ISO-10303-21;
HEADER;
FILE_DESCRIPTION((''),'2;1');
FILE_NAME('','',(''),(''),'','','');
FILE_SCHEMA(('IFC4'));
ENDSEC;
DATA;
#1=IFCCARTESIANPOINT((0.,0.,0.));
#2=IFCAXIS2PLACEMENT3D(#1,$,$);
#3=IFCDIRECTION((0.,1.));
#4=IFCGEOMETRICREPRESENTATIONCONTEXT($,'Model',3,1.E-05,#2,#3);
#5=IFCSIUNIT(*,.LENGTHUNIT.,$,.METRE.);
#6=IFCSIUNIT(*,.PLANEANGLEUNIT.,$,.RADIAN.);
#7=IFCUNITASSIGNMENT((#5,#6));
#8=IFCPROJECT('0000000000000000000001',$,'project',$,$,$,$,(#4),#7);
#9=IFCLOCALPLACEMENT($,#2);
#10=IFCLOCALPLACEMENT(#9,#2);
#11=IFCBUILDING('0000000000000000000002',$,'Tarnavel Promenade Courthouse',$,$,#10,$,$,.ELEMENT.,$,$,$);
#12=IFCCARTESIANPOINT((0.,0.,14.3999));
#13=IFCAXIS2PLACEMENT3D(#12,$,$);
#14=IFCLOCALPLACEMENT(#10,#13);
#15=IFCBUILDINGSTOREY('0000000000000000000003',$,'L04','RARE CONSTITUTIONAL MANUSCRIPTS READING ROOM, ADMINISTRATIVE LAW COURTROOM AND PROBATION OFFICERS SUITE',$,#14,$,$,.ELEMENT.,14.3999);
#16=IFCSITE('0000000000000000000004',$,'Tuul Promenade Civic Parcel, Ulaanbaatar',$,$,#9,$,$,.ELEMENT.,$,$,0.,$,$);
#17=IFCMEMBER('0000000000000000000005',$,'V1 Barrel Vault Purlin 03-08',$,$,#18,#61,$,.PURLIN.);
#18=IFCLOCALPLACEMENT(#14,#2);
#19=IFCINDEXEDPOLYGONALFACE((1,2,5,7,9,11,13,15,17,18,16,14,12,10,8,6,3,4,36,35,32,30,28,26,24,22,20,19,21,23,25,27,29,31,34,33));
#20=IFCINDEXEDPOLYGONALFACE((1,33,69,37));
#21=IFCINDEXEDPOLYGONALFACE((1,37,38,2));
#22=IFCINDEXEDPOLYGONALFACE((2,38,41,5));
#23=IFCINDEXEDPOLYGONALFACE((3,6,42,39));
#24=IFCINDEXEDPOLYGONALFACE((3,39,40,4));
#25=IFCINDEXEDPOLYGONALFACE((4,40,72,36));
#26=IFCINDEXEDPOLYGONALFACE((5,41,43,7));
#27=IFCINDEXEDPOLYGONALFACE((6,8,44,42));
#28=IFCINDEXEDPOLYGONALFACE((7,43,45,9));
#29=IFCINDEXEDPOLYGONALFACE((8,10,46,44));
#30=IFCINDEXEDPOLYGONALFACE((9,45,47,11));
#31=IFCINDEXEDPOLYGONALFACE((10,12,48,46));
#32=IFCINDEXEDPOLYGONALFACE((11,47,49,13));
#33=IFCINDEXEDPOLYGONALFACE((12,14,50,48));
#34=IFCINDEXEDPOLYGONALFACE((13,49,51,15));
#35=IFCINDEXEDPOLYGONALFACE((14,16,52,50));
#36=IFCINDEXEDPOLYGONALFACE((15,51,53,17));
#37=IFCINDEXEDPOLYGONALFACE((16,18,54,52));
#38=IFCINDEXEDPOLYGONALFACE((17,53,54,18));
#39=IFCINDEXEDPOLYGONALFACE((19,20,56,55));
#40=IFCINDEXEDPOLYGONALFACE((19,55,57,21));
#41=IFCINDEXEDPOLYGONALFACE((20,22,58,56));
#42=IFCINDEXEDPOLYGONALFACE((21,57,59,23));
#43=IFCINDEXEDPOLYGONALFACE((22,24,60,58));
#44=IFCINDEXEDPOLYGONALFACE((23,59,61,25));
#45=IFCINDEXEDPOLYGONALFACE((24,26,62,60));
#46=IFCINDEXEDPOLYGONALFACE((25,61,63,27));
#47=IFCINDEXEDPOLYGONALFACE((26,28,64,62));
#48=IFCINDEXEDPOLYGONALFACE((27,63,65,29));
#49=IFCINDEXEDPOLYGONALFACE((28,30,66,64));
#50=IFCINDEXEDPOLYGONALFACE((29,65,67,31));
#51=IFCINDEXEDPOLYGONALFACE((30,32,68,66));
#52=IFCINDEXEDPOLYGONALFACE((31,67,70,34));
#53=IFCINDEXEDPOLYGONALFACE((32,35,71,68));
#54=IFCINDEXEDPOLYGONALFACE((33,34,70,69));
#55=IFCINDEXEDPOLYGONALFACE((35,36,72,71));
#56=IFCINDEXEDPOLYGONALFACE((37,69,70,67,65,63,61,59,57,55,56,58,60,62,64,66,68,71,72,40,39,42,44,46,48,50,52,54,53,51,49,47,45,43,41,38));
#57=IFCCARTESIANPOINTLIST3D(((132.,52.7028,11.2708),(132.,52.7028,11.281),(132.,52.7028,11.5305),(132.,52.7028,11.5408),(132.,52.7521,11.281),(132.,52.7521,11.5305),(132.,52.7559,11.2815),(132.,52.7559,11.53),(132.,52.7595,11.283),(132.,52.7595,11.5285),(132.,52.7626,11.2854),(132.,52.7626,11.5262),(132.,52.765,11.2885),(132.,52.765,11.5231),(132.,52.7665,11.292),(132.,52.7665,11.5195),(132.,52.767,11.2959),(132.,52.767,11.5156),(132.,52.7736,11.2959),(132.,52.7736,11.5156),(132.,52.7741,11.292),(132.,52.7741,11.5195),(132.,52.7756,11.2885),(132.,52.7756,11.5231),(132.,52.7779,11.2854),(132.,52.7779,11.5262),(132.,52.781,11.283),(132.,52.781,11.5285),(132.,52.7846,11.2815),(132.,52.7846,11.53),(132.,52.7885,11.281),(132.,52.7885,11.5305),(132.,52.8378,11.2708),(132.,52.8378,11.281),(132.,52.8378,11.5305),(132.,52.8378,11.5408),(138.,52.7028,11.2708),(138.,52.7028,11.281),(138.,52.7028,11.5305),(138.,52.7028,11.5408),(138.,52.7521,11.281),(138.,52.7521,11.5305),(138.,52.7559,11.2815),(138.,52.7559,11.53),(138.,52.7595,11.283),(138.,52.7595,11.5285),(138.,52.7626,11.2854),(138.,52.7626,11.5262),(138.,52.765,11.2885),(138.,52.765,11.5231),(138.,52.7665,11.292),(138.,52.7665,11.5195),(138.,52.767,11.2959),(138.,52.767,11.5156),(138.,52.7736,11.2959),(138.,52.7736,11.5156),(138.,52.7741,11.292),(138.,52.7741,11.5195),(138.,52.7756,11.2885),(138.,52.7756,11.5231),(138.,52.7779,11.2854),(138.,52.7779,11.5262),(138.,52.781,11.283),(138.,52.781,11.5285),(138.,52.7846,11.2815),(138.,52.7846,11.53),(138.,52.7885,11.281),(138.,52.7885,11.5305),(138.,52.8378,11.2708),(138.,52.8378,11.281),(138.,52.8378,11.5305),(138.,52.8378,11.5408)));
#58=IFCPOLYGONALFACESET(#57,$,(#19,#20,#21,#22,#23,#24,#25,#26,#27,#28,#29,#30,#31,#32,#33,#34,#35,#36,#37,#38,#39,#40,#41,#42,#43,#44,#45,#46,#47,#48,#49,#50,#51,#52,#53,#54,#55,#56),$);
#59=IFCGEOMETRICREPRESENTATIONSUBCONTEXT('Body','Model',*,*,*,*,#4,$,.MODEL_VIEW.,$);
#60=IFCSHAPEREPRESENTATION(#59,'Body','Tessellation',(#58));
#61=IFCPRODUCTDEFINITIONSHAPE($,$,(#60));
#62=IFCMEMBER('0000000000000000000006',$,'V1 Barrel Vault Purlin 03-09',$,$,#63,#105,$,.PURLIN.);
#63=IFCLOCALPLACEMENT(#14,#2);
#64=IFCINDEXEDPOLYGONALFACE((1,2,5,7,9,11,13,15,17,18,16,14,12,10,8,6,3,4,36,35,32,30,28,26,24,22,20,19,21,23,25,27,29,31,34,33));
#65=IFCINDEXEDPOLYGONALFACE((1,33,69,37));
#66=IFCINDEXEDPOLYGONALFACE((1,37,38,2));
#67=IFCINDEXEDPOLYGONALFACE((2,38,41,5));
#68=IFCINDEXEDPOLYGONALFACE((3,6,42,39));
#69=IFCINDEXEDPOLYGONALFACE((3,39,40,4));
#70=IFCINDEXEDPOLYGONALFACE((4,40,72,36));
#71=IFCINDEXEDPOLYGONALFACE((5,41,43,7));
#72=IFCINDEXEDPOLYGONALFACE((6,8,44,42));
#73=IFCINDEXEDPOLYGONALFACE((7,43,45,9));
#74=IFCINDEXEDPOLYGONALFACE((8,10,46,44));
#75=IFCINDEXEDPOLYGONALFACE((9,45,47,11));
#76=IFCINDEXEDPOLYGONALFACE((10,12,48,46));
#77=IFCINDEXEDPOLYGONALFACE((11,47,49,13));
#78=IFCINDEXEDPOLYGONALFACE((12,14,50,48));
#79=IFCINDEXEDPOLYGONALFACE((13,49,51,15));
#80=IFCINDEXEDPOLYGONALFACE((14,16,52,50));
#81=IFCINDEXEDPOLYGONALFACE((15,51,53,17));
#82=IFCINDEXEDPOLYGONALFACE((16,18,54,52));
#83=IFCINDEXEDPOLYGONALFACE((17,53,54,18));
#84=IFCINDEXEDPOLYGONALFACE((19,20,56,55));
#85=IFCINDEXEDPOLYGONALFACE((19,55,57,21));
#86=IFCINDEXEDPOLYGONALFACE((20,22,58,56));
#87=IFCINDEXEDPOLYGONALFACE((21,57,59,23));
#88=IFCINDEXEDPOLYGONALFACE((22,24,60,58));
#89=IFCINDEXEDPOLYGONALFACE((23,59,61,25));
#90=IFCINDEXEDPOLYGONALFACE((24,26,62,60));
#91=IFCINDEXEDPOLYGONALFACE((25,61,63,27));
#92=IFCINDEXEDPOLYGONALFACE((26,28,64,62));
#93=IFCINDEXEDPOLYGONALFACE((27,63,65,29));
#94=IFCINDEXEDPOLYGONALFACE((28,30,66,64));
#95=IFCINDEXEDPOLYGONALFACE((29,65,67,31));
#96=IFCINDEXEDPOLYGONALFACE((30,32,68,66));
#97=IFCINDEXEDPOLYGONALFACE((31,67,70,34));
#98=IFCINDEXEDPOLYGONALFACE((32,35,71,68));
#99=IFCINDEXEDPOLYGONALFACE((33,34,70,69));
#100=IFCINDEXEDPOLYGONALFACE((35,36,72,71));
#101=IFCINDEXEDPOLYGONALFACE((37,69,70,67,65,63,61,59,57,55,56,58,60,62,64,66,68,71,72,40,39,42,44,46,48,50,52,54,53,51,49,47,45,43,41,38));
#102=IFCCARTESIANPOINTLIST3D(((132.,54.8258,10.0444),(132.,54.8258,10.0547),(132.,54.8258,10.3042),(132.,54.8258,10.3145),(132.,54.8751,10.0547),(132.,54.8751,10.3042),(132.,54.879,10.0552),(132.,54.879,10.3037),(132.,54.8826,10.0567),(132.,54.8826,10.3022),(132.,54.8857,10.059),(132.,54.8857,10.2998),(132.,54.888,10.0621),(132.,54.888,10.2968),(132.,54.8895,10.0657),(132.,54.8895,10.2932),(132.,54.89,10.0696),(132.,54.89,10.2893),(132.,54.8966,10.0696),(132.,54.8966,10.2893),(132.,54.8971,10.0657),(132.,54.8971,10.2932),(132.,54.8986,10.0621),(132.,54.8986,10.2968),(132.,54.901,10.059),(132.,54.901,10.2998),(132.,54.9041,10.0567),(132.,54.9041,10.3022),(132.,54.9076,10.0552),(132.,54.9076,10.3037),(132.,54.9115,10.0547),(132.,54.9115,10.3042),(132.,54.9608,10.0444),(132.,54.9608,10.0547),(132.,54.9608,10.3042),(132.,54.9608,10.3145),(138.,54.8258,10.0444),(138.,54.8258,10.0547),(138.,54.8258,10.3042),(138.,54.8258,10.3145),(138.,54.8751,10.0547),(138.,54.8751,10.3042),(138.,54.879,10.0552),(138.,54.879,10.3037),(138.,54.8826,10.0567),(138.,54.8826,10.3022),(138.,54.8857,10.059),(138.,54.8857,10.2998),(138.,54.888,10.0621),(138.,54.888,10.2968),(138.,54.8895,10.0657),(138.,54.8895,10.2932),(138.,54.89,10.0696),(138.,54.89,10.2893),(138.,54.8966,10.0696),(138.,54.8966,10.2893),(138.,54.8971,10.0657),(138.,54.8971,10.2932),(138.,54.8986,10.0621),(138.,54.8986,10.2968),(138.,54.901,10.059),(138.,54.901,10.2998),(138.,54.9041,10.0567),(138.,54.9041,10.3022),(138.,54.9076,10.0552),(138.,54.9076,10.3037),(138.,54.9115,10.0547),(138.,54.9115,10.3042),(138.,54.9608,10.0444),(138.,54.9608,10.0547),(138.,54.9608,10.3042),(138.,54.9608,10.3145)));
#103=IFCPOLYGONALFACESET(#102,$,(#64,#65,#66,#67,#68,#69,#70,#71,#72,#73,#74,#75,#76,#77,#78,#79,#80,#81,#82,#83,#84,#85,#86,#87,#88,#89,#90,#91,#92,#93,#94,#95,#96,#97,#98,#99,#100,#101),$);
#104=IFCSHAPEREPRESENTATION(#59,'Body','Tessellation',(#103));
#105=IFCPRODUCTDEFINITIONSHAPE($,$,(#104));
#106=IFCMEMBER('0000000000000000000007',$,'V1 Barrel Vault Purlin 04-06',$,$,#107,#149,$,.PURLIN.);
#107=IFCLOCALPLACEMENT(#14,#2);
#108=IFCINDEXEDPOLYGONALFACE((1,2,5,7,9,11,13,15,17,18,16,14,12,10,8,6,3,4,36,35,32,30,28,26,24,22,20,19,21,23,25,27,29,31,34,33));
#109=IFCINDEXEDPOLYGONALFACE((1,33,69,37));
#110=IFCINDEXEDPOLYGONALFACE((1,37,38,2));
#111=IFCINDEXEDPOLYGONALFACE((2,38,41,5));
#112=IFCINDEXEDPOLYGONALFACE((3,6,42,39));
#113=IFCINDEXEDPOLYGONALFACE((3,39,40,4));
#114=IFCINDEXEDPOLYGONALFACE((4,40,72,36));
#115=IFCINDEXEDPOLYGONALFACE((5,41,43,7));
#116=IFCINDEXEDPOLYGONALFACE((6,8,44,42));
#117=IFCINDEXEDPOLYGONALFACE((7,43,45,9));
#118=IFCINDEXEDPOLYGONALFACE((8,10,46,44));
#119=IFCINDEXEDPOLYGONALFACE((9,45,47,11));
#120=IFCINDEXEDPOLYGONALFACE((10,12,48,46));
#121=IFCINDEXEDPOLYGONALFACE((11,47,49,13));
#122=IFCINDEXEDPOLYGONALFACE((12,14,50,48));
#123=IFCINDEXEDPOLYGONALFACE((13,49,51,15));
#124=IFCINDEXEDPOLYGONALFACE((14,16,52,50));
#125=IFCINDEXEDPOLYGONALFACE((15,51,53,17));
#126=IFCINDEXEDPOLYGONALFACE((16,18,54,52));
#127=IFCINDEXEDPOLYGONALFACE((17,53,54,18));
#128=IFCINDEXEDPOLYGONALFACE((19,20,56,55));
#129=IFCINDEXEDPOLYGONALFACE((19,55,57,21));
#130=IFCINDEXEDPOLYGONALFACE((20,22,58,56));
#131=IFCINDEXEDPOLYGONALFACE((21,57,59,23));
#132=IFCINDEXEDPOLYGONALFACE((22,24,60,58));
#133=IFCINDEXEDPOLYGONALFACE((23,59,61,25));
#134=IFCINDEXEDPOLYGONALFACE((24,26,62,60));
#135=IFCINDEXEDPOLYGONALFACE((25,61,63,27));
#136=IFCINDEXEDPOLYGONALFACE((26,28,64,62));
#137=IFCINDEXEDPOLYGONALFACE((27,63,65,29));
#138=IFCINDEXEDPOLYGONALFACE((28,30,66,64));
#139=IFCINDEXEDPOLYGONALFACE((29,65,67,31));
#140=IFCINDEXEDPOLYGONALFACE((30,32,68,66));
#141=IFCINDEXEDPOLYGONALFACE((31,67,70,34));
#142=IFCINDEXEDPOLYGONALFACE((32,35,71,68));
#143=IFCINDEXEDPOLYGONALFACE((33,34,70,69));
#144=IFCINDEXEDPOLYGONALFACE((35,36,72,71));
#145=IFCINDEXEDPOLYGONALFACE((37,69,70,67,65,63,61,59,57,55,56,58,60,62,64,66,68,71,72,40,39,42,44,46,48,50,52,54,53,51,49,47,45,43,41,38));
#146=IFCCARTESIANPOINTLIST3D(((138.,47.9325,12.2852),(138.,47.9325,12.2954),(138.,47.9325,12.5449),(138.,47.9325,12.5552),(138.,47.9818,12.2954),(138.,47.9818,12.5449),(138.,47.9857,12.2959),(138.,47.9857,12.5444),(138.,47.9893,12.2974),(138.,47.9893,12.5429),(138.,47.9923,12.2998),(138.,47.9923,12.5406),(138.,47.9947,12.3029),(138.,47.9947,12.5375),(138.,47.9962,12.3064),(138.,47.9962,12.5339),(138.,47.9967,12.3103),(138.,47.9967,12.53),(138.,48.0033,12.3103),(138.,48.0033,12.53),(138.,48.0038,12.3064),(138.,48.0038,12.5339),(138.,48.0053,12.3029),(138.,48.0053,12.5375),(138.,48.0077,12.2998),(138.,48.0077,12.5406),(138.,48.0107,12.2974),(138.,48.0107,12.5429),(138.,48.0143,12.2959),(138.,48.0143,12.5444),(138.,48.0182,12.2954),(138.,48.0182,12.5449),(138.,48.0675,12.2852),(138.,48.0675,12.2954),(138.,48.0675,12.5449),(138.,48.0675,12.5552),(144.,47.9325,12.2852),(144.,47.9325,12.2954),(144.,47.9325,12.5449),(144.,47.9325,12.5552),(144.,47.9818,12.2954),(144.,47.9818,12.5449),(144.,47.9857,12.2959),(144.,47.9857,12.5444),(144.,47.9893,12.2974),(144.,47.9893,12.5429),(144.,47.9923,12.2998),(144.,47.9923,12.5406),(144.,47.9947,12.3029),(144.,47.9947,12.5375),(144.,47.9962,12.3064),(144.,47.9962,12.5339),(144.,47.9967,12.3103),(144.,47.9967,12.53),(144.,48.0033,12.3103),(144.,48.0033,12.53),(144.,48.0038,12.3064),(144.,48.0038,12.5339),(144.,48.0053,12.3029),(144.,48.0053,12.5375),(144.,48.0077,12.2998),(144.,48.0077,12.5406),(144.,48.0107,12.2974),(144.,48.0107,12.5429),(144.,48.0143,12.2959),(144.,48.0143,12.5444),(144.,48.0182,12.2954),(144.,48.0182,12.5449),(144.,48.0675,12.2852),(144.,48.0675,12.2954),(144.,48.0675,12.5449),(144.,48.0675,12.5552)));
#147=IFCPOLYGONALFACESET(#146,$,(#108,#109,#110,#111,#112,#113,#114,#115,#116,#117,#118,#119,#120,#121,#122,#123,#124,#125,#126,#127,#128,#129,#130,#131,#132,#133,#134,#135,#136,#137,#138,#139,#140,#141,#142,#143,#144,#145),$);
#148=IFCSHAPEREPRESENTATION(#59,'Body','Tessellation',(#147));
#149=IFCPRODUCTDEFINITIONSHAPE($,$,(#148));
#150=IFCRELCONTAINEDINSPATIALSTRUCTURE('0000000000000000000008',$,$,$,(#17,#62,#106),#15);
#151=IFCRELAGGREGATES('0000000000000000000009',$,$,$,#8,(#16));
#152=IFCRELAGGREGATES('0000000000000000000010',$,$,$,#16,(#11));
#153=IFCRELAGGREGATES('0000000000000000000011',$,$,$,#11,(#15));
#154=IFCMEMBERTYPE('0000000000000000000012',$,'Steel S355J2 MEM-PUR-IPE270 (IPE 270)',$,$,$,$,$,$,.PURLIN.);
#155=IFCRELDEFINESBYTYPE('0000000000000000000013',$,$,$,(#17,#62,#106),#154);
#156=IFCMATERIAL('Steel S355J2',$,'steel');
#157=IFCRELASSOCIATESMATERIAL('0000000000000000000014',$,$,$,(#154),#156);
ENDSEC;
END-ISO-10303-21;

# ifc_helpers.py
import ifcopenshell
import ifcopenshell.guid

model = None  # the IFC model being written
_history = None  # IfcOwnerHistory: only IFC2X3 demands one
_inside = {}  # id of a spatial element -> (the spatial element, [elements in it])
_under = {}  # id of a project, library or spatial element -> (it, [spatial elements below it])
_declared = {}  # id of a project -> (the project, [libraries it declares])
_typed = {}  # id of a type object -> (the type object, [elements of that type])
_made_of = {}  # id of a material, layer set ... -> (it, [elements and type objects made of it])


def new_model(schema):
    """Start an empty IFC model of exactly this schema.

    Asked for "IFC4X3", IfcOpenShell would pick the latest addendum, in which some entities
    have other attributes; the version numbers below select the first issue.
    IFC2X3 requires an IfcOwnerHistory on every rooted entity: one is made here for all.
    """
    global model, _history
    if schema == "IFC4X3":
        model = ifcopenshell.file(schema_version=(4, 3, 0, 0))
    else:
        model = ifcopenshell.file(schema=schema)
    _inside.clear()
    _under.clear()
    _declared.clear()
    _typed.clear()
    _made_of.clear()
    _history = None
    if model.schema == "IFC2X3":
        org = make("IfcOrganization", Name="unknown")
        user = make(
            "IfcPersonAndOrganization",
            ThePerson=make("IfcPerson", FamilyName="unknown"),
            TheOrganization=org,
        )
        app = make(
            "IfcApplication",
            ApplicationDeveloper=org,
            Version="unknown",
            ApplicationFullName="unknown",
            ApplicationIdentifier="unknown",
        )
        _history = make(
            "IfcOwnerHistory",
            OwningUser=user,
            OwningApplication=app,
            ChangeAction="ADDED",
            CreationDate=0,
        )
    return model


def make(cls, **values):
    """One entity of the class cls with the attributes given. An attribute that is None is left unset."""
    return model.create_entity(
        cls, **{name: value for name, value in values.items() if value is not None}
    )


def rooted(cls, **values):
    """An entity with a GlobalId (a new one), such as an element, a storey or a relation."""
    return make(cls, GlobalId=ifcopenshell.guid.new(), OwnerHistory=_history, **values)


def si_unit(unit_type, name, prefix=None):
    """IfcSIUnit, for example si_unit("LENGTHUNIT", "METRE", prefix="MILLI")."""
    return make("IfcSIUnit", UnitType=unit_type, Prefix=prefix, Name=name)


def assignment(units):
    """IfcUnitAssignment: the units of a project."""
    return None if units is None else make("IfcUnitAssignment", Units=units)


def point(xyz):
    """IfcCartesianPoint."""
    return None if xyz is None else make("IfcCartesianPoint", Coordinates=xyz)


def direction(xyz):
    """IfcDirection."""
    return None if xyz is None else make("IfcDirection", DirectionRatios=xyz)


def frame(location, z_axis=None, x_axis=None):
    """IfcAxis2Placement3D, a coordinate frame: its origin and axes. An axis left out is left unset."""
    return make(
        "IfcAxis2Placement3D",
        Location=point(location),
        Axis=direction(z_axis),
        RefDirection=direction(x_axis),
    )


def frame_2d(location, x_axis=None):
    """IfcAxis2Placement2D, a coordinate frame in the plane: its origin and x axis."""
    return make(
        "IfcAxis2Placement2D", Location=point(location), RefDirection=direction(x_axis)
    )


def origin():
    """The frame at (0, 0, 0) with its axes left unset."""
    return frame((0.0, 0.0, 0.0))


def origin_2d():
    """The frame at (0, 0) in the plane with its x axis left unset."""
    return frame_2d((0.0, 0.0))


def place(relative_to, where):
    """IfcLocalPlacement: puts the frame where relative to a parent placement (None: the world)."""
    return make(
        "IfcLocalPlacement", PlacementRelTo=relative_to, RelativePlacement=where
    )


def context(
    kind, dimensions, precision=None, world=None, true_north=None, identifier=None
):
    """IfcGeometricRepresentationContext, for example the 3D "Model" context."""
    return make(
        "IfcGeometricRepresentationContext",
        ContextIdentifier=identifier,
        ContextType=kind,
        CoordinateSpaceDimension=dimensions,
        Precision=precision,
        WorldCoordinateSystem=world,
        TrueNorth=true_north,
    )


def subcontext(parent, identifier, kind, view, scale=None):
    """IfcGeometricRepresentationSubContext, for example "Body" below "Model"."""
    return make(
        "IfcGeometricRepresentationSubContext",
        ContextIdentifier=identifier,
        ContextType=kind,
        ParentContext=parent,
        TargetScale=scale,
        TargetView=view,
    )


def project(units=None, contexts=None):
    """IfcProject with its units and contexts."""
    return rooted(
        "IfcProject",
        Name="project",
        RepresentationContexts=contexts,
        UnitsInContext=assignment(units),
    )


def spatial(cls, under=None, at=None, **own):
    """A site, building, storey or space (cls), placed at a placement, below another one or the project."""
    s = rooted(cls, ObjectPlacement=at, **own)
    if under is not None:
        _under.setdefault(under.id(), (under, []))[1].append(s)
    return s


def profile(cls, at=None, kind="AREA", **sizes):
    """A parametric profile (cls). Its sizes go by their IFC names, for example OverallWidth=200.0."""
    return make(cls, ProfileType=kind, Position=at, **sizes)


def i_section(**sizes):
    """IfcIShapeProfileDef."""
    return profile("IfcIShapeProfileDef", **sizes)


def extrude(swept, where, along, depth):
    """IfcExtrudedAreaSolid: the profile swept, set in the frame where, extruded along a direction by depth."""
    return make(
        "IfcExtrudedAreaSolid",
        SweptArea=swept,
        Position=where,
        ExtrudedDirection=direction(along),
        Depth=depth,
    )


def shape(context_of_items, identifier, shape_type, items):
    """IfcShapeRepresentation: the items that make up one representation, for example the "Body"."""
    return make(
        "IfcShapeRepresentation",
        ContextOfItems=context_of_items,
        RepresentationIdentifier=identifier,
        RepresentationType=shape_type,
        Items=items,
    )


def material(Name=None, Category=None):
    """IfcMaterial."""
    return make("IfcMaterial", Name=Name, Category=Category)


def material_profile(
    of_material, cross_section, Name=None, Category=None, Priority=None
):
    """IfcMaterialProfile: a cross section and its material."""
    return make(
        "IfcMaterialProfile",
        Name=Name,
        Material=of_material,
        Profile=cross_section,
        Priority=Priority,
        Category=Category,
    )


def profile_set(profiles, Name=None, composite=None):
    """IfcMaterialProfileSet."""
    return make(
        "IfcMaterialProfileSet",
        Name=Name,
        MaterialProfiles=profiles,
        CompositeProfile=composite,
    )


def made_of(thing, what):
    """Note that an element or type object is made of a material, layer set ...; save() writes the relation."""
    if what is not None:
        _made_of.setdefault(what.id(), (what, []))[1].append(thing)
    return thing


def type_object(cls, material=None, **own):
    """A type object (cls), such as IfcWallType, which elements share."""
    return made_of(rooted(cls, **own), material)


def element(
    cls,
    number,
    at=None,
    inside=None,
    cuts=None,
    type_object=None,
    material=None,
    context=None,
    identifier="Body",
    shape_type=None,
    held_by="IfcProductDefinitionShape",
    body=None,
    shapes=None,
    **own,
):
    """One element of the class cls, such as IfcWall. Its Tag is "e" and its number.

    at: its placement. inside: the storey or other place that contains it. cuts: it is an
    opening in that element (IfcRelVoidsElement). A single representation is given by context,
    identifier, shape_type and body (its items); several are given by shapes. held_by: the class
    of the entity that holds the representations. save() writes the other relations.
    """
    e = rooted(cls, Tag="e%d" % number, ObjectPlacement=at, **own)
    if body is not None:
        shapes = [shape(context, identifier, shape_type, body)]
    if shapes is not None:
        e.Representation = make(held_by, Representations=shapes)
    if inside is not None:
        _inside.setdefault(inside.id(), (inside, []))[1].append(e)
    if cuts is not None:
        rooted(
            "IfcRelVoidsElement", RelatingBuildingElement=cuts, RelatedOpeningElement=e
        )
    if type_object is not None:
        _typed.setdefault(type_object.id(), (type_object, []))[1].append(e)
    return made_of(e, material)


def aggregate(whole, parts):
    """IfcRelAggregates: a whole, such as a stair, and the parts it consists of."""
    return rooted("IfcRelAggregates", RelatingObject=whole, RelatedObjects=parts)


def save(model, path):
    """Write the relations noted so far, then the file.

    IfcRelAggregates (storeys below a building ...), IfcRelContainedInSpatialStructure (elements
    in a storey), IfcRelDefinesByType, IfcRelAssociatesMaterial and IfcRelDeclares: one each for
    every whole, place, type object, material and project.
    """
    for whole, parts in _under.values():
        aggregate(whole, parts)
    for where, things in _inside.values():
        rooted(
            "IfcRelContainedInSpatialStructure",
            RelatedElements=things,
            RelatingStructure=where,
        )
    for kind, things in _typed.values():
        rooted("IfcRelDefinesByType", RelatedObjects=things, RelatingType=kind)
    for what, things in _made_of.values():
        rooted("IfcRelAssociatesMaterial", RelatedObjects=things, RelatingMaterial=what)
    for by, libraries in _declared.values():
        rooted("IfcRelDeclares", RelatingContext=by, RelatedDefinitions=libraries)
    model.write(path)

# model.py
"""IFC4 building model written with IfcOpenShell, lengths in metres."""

from ifc_helpers import new_model, si_unit, direction, frame, origin, origin_2d, place, context, subcontext, project, spatial, i_section, extrude, material, material_profile, profile_set, type_object, element, save


model = new_model("IFC4")

# Units and contexts
model_context = context("Model", 3, precision=1e-05, world=origin(), true_north=direction((0.0, 1.0)))
body_context = subcontext(model_context, "Body", "Model", "MODEL_VIEW")
ifc_project = project(units=[si_unit("LENGTHUNIT", "METRE"), si_unit("PLANEANGLEUNIT", "RADIAN")], contexts=[model_context])

# Site, building, storey
site_placement = place(None, origin())
site = spatial("IfcSite", under=ifc_project, at=site_placement, Name="Tuul Promenade Civic Parcel, Ulaanbaatar", CompositionType="ELEMENT", RefElevation=0.0)
building_placement = place(site_placement, origin())
building = spatial("IfcBuilding", under=site, at=building_placement, Name="Tarnavel Promenade Courthouse", CompositionType="ELEMENT")
storey_placement = place(building_placement, frame((0.0, 0.0, 14.3999)))
storey = spatial("IfcBuildingStorey", under=building, at=storey_placement, Name="L04", Description="RARE CONSTITUTIONAL MANUSCRIPTS READING ROOM, ADMINISTRATIVE LAW COURTROOM AND PROBATION OFFICERS SUITE", CompositionType="ELEMENT", Elevation=14.3999)

# Shared definitions
ifc_material_1 = material(Name="Steel S355J2", Category="steel")

# Members
ifc_material_profile_1 = material_profile(ifc_material_1, i_section(OverallWidth=0.135, OverallDepth=0.27, WebThickness=0.0066, FlangeThickness=0.0103, FilletRadius=0.0149, at=origin_2d()), Name="IPE 270")
ifc_profile_set_1 = profile_set([ifc_material_profile_1], Name="Steel S355J2")
member_type_1 = type_object("IfcMemberType", Name="Steel S355J2 MEM-PUR-IPE270 (IPE 270)", PredefinedType="PURLIN", material=ifc_profile_set_1)
for number, where, z_axis, x_axis, name in (
    (1, (132.0, 52.7703, 11.4058), (1.0, 0.0, 0.0), (0.0, 1.0, 0.0), "V1 Barrel Vault Purlin 03-08"),
    (2, (132.0, 54.8933, 10.1794), (1.0, 0.0, 0.0), (0.0, 1.0, 0.0), "V1 Barrel Vault Purlin 03-09"),
    (3, (138.0, 48.0, 12.4202), (1.0, 0.0, 0.0), (0.0, 1.0, 0.0), "V1 Barrel Vault Purlin 04-06"),
):
    element("IfcMember", number, at=place(storey_placement, frame(where, z_axis=z_axis, x_axis=x_axis)), inside=storey, type_object=member_type_1, Name=name, PredefinedType="PURLIN", context=body_context, shape_type="SweptSolid", body=[
        extrude(i_section(OverallWidth=0.135, OverallDepth=0.27, WebThickness=0.0066, FlangeThickness=0.0103, FilletRadius=0.0149, at=origin_2d()), origin(), (0.0, 0.0, 1.0), 6.0),
    ])

save(model, "model.ifc")
